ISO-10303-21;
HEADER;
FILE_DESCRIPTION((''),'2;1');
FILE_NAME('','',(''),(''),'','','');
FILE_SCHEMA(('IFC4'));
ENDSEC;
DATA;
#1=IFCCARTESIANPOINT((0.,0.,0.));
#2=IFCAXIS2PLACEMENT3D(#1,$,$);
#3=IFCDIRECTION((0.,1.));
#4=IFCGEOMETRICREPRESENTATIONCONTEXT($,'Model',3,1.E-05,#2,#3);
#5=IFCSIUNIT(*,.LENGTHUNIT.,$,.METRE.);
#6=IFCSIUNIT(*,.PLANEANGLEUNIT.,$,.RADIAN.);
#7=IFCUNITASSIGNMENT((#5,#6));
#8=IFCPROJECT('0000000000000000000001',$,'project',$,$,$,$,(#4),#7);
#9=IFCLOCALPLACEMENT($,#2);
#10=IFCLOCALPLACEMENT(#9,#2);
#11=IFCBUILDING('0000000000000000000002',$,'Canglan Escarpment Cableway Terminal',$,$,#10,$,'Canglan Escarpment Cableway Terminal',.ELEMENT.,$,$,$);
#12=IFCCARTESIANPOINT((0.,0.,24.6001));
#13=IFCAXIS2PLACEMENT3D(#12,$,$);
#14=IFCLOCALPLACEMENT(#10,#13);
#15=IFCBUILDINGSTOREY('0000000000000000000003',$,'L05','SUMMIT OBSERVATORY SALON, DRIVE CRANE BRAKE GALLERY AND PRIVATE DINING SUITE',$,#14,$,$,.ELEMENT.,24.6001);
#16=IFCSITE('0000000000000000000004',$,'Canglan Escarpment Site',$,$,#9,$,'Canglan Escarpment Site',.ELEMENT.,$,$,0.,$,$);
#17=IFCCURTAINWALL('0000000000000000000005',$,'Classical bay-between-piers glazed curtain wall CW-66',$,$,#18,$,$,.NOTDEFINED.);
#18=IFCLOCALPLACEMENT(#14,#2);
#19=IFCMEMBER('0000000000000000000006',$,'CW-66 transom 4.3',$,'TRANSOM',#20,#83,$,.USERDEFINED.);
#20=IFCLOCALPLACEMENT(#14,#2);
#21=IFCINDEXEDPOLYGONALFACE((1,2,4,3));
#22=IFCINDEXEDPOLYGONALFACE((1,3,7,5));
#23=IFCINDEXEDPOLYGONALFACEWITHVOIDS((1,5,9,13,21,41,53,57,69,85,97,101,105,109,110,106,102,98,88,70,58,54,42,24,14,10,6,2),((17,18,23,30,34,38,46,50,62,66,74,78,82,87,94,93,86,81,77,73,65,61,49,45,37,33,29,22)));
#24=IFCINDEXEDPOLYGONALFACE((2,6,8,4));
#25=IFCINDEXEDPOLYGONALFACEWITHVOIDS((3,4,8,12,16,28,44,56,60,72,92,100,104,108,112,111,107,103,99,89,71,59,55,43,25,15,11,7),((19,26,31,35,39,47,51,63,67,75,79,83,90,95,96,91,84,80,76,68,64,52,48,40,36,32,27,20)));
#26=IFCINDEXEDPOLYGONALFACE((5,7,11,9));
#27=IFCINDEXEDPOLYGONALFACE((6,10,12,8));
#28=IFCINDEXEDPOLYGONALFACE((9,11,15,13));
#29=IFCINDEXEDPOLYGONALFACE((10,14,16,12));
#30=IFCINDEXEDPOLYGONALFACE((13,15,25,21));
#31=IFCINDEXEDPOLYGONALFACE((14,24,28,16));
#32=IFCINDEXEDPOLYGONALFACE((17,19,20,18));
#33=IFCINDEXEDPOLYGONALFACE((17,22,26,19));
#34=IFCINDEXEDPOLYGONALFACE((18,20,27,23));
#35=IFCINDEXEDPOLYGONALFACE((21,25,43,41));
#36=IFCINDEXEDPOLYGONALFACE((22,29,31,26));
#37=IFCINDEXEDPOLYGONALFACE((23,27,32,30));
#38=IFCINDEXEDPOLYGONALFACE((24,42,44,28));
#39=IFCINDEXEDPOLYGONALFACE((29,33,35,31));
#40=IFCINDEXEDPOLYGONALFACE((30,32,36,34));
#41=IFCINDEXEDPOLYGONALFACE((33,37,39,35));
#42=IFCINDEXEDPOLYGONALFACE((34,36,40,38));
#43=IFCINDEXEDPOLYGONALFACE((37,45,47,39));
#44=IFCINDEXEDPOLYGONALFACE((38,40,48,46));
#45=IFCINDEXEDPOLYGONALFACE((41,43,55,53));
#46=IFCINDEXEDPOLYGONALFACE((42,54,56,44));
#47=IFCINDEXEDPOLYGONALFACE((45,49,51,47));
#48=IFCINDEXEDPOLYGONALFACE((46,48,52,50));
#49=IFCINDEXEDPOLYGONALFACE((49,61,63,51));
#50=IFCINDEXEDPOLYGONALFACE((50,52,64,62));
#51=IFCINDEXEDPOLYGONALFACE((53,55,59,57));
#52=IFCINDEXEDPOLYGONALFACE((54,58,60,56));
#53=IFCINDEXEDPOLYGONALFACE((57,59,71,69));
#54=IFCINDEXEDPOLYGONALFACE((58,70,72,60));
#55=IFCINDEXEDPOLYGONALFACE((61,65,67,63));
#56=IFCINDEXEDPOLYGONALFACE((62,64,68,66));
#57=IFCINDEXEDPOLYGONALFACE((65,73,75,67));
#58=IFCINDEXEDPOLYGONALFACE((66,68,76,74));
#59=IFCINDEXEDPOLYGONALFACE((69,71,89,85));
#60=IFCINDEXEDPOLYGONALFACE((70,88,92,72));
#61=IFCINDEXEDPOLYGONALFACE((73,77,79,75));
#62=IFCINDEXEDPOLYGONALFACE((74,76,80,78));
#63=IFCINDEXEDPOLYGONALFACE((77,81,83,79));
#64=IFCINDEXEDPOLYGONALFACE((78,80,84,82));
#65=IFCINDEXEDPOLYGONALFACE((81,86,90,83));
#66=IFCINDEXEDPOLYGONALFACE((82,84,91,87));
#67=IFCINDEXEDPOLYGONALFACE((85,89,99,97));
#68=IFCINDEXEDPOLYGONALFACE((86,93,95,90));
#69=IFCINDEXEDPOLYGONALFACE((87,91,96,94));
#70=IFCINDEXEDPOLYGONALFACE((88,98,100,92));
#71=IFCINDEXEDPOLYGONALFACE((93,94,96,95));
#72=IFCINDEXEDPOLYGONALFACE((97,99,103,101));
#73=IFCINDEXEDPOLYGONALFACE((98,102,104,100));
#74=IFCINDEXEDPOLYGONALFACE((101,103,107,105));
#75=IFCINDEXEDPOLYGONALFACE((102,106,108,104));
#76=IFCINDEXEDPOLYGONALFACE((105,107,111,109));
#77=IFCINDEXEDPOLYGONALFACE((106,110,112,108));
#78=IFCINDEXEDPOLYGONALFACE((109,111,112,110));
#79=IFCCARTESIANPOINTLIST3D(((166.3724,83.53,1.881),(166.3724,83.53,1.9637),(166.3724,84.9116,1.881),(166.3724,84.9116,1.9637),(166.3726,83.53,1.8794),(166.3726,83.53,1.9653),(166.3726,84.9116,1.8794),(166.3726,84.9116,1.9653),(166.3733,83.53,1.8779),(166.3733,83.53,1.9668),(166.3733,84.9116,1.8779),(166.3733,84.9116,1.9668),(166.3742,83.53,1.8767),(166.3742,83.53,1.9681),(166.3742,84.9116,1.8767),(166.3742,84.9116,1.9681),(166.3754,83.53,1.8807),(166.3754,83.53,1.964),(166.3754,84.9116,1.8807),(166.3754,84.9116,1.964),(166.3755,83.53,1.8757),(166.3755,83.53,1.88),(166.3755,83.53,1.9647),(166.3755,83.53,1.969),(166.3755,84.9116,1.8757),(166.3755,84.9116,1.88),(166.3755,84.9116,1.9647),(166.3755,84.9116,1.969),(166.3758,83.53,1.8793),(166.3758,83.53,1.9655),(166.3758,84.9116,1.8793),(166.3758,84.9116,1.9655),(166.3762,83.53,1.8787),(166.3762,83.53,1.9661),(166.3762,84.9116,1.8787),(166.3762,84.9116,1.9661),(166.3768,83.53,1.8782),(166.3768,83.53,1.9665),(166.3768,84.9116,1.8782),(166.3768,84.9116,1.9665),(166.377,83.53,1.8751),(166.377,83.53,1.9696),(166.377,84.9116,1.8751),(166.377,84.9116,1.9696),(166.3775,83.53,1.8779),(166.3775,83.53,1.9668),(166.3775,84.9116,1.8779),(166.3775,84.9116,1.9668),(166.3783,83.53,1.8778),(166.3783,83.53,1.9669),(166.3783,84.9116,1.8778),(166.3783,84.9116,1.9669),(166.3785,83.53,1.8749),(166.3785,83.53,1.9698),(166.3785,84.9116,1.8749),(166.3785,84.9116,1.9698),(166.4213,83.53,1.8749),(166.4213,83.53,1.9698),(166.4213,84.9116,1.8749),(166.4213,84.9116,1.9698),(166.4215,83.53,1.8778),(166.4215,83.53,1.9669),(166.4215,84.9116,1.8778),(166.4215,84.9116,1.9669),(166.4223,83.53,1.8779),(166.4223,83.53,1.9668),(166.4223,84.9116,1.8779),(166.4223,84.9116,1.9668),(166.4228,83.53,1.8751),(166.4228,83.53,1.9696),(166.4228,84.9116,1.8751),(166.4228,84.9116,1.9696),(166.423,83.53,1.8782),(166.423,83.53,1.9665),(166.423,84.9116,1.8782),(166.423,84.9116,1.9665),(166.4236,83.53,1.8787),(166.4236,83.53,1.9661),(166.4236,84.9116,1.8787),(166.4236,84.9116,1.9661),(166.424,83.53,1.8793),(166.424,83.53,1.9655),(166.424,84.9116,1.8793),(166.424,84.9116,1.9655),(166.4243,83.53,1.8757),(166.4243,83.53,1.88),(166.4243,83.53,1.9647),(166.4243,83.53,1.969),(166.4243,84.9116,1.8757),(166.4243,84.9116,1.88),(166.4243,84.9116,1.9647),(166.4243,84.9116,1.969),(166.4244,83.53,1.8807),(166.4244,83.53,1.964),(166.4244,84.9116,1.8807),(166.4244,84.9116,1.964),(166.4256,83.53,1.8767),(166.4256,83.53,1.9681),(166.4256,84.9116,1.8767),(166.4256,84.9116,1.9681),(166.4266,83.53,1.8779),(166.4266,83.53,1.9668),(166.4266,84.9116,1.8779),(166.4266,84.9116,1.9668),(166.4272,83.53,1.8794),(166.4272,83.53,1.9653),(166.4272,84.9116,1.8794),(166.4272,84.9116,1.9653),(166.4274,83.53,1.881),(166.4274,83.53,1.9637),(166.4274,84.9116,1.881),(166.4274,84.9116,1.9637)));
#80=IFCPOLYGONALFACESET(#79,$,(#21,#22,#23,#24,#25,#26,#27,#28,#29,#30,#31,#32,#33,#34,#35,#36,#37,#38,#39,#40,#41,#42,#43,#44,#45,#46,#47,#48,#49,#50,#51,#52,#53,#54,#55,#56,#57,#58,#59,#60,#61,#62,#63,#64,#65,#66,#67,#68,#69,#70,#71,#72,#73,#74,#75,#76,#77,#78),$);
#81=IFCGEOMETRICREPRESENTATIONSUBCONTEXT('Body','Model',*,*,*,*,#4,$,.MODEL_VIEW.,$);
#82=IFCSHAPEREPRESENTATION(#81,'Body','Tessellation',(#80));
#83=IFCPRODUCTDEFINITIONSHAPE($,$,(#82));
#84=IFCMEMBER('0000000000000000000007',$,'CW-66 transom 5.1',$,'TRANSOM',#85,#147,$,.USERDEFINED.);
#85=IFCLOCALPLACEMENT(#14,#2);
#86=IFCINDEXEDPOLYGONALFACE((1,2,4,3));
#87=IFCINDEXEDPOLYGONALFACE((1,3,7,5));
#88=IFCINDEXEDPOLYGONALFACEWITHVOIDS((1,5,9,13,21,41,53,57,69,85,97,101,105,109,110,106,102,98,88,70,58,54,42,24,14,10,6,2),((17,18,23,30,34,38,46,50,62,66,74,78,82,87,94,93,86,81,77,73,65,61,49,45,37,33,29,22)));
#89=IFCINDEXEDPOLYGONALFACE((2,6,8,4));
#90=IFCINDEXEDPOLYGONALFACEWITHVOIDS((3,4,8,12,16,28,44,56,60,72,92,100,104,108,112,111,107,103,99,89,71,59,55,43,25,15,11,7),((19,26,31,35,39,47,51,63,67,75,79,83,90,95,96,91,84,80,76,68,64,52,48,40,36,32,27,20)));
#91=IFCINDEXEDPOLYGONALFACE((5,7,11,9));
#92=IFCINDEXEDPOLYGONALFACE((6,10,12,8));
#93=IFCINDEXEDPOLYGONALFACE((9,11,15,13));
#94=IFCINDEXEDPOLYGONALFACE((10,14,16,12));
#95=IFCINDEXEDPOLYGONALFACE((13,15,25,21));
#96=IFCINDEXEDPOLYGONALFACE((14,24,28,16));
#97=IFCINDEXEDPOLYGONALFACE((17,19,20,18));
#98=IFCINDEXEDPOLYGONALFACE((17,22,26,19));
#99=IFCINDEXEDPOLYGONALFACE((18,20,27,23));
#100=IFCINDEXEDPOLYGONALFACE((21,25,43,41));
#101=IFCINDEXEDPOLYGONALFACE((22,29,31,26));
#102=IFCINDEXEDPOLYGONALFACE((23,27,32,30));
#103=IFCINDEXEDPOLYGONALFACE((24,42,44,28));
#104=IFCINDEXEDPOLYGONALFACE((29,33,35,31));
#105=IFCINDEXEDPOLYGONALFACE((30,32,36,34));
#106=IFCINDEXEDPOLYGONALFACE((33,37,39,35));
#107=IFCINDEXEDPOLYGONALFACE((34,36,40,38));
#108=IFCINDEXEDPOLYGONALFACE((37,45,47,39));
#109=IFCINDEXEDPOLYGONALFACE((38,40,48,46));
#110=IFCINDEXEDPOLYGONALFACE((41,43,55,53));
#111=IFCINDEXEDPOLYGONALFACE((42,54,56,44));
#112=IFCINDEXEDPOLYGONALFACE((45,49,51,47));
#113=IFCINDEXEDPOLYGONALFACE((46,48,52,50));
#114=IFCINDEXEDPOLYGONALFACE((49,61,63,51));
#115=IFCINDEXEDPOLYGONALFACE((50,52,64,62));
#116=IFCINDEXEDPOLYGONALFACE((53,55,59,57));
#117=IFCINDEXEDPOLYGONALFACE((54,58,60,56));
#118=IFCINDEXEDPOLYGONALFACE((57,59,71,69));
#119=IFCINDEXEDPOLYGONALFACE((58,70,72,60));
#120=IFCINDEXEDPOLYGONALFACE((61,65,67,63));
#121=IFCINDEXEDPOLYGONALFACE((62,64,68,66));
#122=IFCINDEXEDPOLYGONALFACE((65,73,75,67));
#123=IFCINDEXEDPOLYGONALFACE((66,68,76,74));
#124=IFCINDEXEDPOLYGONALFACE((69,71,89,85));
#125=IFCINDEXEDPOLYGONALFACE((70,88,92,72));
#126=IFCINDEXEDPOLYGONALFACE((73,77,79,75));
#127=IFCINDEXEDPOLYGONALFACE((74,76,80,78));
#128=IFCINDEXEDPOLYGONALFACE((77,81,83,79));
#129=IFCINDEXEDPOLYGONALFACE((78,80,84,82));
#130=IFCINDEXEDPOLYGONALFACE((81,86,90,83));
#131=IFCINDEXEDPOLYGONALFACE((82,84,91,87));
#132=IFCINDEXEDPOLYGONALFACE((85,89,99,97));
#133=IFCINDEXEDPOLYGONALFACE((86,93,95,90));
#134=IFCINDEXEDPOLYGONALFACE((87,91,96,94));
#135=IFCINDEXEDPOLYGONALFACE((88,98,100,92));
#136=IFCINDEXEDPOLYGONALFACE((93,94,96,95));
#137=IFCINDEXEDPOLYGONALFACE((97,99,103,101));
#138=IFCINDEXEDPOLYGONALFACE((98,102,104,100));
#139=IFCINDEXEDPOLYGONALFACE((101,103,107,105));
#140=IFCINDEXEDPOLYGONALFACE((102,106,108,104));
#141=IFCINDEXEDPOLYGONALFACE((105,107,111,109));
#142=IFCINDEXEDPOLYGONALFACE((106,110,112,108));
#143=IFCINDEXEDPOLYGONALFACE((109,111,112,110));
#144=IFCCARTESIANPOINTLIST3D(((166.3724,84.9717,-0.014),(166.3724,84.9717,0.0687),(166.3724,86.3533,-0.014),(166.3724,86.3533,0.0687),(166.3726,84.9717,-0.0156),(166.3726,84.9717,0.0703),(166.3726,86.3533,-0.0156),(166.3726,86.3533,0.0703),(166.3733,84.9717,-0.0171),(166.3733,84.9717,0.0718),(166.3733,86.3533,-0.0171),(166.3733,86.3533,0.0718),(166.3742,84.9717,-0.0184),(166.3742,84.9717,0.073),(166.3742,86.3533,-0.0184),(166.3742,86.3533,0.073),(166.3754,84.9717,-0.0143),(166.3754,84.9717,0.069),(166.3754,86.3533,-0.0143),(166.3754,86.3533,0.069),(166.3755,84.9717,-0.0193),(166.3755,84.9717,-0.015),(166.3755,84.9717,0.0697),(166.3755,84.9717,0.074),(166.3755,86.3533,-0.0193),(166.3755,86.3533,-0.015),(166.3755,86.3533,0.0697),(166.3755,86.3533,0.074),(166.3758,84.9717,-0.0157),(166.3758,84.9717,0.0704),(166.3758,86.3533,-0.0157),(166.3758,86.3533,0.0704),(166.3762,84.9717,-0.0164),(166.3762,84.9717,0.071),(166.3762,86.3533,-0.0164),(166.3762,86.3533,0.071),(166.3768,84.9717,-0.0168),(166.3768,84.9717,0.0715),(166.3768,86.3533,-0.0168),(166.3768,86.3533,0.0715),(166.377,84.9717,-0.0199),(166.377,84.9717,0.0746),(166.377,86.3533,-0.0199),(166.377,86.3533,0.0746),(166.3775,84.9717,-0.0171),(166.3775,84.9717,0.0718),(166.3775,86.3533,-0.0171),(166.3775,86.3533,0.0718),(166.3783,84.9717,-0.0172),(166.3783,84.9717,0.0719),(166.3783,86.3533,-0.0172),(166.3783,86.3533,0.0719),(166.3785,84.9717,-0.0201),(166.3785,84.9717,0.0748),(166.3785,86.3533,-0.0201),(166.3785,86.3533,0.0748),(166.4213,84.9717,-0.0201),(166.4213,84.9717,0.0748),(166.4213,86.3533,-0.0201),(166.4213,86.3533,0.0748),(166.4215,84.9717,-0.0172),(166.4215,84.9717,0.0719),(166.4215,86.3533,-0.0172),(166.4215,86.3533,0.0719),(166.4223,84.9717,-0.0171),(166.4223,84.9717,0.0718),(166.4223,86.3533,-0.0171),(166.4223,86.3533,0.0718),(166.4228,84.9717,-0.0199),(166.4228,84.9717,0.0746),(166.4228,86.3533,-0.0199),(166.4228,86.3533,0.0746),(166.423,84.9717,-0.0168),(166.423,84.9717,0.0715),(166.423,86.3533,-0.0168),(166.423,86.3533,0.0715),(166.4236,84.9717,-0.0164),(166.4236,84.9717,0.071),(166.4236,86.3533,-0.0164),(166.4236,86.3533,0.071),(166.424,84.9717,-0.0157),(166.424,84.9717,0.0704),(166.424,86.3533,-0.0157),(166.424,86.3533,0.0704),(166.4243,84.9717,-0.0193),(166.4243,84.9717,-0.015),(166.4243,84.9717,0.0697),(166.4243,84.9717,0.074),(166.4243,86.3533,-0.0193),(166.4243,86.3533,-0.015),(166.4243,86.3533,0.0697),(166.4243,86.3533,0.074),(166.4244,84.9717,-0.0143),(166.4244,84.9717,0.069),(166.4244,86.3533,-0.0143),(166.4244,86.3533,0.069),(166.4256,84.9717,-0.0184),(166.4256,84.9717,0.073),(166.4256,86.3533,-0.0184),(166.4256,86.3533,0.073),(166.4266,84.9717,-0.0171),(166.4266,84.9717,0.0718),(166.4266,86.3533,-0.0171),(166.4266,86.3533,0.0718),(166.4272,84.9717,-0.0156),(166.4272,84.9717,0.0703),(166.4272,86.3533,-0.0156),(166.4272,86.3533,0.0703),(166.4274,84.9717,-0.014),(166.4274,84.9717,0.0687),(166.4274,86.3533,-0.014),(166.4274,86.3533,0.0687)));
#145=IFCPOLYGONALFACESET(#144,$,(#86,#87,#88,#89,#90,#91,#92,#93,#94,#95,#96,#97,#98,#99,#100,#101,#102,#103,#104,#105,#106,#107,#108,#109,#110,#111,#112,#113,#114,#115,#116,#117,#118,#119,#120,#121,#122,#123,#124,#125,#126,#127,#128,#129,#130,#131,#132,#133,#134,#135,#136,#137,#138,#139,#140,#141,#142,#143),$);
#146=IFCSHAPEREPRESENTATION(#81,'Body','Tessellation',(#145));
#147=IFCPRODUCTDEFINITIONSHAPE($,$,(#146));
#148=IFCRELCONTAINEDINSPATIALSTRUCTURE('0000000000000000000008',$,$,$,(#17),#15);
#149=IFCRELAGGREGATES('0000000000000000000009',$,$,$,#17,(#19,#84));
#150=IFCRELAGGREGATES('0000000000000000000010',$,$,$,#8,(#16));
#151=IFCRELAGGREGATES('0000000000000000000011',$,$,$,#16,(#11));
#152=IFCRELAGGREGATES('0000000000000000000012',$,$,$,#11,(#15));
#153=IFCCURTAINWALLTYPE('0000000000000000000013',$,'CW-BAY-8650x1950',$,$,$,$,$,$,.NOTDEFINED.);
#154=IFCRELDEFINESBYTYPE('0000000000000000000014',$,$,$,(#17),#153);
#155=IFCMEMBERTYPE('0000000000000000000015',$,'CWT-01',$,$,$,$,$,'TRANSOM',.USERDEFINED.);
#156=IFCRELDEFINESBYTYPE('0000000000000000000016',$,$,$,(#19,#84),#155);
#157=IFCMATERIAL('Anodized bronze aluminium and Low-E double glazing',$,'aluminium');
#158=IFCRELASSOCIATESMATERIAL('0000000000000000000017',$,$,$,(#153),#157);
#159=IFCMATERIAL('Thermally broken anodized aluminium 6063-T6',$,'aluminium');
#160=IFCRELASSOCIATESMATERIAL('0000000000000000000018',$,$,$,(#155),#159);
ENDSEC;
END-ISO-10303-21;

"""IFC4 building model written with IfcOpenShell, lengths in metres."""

from ifc_helpers import new_model, si_unit, direction, frame, origin, origin_2d, place, context, subcontext, project, spatial, hollow_rectangle, extrude, material, material_profile, profile_set, type_object, element, aggregate, save


model = new_model("IFC4")

# Units and contexts
model_context = context("Model", 3, precision=1e-05, world=origin(), true_north=direction((0.0, 1.0)))
body_context = subcontext(model_context, "Body", "Model", "MODEL_VIEW")
ifc_project = project(units=[si_unit("LENGTHUNIT", "METRE"), si_unit("PLANEANGLEUNIT", "RADIAN")], contexts=[model_context])

# Site, building, storey
site_placement = place(None, origin())
site = spatial("IfcSite", under=ifc_project, at=site_placement, Name="Canglan Escarpment Site", LongName="Canglan Escarpment Site", CompositionType="ELEMENT", RefElevation=0.0)
building_placement = place(site_placement, origin())
building = spatial("IfcBuilding", under=site, at=building_placement, Name="Canglan Escarpment Cableway Terminal", LongName="Canglan Escarpment Cableway Terminal", CompositionType="ELEMENT")
storey_placement = place(building_placement, frame((0.0, 0.0, 24.6001)))
storey = spatial("IfcBuildingStorey", under=building, at=storey_placement, Name="L05", Description="SUMMIT OBSERVATORY SALON, DRIVE CRANE BRAKE GALLERY AND PRIVATE DINING SUITE", CompositionType="ELEMENT", Elevation=24.6001)

# Curtain wall
ifc_material_1 = material(Name="Anodized bronze aluminium and Low-E double glazing", Category="aluminium")
curtain_wall_type = type_object("IfcCurtainWallType", Name="CW-BAY-8650x1950", PredefinedType="NOTDEFINED", material=ifc_material_1)
curtain_wall_1_placement = place(storey_placement, origin())
curtain_wall_1 = element("IfcCurtainWall", 1, at=curtain_wall_1_placement, inside=storey, type_object=curtain_wall_type, Name="Classical bay-between-piers glazed curtain wall CW-66", PredefinedType="NOTDEFINED")
ifc_material_2 = material(Name="Thermally broken anodized aluminium 6063-T6", Category="aluminium")

# Members
ifc_material_profile_1 = material_profile(ifc_material_2, hollow_rectangle(XDim=0.0549, YDim=0.095, WallThickness=0.0029, InnerFilletRadius=0.0029, OuterFilletRadius=0.0061, at=origin_2d()), Name="ALU-TRAN 55x95x3")
ifc_profile_set_1 = profile_set([ifc_material_profile_1], Name="Thermally broken anodized aluminium 6063-T6")
member_type_1 = type_object("IfcMemberType", Name="CWT-01", ElementType="TRANSOM", PredefinedType="USERDEFINED", material=ifc_profile_set_1)
member_1_placement = place(storey_placement, frame((166.3999, 83.53, 1.9224), z_axis=(0.0, 1.0, 0.0), x_axis=(-1.0, 0.0, 0.0)))
member_1 = element("IfcMember", 2, at=member_1_placement, type_object=member_type_1, Name="CW-66 transom 4.3", ObjectType="TRANSOM", PredefinedType="USERDEFINED", context=body_context, shape_type="SweptSolid", body=[
    extrude(hollow_rectangle(XDim=0.0549, YDim=0.095, WallThickness=0.0029, InnerFilletRadius=0.0029, OuterFilletRadius=0.0061, at=origin_2d()), origin(), (0.0, 0.0, 1.0), 1.3816),
])
member_2_placement = place(storey_placement, frame((166.3999, 84.9717, 0.0273), z_axis=(0.0, 1.0, 0.0), x_axis=(-1.0, 0.0, 0.0)))
member_2 = element("IfcMember", 3, at=member_2_placement, type_object=member_type_1, Name="CW-66 transom 5.1", ObjectType="TRANSOM", PredefinedType="USERDEFINED", context=body_context, shape_type="SweptSolid", body=[
    extrude(hollow_rectangle(XDim=0.0549, YDim=0.095, WallThickness=0.0029, InnerFilletRadius=0.0029, OuterFilletRadius=0.0061, at=origin_2d()), origin(), (0.0, 0.0, 1.0), 1.3816),
])

aggregate(curtain_wall_1, [member_1, member_2])

save(model, "model.ifc")
